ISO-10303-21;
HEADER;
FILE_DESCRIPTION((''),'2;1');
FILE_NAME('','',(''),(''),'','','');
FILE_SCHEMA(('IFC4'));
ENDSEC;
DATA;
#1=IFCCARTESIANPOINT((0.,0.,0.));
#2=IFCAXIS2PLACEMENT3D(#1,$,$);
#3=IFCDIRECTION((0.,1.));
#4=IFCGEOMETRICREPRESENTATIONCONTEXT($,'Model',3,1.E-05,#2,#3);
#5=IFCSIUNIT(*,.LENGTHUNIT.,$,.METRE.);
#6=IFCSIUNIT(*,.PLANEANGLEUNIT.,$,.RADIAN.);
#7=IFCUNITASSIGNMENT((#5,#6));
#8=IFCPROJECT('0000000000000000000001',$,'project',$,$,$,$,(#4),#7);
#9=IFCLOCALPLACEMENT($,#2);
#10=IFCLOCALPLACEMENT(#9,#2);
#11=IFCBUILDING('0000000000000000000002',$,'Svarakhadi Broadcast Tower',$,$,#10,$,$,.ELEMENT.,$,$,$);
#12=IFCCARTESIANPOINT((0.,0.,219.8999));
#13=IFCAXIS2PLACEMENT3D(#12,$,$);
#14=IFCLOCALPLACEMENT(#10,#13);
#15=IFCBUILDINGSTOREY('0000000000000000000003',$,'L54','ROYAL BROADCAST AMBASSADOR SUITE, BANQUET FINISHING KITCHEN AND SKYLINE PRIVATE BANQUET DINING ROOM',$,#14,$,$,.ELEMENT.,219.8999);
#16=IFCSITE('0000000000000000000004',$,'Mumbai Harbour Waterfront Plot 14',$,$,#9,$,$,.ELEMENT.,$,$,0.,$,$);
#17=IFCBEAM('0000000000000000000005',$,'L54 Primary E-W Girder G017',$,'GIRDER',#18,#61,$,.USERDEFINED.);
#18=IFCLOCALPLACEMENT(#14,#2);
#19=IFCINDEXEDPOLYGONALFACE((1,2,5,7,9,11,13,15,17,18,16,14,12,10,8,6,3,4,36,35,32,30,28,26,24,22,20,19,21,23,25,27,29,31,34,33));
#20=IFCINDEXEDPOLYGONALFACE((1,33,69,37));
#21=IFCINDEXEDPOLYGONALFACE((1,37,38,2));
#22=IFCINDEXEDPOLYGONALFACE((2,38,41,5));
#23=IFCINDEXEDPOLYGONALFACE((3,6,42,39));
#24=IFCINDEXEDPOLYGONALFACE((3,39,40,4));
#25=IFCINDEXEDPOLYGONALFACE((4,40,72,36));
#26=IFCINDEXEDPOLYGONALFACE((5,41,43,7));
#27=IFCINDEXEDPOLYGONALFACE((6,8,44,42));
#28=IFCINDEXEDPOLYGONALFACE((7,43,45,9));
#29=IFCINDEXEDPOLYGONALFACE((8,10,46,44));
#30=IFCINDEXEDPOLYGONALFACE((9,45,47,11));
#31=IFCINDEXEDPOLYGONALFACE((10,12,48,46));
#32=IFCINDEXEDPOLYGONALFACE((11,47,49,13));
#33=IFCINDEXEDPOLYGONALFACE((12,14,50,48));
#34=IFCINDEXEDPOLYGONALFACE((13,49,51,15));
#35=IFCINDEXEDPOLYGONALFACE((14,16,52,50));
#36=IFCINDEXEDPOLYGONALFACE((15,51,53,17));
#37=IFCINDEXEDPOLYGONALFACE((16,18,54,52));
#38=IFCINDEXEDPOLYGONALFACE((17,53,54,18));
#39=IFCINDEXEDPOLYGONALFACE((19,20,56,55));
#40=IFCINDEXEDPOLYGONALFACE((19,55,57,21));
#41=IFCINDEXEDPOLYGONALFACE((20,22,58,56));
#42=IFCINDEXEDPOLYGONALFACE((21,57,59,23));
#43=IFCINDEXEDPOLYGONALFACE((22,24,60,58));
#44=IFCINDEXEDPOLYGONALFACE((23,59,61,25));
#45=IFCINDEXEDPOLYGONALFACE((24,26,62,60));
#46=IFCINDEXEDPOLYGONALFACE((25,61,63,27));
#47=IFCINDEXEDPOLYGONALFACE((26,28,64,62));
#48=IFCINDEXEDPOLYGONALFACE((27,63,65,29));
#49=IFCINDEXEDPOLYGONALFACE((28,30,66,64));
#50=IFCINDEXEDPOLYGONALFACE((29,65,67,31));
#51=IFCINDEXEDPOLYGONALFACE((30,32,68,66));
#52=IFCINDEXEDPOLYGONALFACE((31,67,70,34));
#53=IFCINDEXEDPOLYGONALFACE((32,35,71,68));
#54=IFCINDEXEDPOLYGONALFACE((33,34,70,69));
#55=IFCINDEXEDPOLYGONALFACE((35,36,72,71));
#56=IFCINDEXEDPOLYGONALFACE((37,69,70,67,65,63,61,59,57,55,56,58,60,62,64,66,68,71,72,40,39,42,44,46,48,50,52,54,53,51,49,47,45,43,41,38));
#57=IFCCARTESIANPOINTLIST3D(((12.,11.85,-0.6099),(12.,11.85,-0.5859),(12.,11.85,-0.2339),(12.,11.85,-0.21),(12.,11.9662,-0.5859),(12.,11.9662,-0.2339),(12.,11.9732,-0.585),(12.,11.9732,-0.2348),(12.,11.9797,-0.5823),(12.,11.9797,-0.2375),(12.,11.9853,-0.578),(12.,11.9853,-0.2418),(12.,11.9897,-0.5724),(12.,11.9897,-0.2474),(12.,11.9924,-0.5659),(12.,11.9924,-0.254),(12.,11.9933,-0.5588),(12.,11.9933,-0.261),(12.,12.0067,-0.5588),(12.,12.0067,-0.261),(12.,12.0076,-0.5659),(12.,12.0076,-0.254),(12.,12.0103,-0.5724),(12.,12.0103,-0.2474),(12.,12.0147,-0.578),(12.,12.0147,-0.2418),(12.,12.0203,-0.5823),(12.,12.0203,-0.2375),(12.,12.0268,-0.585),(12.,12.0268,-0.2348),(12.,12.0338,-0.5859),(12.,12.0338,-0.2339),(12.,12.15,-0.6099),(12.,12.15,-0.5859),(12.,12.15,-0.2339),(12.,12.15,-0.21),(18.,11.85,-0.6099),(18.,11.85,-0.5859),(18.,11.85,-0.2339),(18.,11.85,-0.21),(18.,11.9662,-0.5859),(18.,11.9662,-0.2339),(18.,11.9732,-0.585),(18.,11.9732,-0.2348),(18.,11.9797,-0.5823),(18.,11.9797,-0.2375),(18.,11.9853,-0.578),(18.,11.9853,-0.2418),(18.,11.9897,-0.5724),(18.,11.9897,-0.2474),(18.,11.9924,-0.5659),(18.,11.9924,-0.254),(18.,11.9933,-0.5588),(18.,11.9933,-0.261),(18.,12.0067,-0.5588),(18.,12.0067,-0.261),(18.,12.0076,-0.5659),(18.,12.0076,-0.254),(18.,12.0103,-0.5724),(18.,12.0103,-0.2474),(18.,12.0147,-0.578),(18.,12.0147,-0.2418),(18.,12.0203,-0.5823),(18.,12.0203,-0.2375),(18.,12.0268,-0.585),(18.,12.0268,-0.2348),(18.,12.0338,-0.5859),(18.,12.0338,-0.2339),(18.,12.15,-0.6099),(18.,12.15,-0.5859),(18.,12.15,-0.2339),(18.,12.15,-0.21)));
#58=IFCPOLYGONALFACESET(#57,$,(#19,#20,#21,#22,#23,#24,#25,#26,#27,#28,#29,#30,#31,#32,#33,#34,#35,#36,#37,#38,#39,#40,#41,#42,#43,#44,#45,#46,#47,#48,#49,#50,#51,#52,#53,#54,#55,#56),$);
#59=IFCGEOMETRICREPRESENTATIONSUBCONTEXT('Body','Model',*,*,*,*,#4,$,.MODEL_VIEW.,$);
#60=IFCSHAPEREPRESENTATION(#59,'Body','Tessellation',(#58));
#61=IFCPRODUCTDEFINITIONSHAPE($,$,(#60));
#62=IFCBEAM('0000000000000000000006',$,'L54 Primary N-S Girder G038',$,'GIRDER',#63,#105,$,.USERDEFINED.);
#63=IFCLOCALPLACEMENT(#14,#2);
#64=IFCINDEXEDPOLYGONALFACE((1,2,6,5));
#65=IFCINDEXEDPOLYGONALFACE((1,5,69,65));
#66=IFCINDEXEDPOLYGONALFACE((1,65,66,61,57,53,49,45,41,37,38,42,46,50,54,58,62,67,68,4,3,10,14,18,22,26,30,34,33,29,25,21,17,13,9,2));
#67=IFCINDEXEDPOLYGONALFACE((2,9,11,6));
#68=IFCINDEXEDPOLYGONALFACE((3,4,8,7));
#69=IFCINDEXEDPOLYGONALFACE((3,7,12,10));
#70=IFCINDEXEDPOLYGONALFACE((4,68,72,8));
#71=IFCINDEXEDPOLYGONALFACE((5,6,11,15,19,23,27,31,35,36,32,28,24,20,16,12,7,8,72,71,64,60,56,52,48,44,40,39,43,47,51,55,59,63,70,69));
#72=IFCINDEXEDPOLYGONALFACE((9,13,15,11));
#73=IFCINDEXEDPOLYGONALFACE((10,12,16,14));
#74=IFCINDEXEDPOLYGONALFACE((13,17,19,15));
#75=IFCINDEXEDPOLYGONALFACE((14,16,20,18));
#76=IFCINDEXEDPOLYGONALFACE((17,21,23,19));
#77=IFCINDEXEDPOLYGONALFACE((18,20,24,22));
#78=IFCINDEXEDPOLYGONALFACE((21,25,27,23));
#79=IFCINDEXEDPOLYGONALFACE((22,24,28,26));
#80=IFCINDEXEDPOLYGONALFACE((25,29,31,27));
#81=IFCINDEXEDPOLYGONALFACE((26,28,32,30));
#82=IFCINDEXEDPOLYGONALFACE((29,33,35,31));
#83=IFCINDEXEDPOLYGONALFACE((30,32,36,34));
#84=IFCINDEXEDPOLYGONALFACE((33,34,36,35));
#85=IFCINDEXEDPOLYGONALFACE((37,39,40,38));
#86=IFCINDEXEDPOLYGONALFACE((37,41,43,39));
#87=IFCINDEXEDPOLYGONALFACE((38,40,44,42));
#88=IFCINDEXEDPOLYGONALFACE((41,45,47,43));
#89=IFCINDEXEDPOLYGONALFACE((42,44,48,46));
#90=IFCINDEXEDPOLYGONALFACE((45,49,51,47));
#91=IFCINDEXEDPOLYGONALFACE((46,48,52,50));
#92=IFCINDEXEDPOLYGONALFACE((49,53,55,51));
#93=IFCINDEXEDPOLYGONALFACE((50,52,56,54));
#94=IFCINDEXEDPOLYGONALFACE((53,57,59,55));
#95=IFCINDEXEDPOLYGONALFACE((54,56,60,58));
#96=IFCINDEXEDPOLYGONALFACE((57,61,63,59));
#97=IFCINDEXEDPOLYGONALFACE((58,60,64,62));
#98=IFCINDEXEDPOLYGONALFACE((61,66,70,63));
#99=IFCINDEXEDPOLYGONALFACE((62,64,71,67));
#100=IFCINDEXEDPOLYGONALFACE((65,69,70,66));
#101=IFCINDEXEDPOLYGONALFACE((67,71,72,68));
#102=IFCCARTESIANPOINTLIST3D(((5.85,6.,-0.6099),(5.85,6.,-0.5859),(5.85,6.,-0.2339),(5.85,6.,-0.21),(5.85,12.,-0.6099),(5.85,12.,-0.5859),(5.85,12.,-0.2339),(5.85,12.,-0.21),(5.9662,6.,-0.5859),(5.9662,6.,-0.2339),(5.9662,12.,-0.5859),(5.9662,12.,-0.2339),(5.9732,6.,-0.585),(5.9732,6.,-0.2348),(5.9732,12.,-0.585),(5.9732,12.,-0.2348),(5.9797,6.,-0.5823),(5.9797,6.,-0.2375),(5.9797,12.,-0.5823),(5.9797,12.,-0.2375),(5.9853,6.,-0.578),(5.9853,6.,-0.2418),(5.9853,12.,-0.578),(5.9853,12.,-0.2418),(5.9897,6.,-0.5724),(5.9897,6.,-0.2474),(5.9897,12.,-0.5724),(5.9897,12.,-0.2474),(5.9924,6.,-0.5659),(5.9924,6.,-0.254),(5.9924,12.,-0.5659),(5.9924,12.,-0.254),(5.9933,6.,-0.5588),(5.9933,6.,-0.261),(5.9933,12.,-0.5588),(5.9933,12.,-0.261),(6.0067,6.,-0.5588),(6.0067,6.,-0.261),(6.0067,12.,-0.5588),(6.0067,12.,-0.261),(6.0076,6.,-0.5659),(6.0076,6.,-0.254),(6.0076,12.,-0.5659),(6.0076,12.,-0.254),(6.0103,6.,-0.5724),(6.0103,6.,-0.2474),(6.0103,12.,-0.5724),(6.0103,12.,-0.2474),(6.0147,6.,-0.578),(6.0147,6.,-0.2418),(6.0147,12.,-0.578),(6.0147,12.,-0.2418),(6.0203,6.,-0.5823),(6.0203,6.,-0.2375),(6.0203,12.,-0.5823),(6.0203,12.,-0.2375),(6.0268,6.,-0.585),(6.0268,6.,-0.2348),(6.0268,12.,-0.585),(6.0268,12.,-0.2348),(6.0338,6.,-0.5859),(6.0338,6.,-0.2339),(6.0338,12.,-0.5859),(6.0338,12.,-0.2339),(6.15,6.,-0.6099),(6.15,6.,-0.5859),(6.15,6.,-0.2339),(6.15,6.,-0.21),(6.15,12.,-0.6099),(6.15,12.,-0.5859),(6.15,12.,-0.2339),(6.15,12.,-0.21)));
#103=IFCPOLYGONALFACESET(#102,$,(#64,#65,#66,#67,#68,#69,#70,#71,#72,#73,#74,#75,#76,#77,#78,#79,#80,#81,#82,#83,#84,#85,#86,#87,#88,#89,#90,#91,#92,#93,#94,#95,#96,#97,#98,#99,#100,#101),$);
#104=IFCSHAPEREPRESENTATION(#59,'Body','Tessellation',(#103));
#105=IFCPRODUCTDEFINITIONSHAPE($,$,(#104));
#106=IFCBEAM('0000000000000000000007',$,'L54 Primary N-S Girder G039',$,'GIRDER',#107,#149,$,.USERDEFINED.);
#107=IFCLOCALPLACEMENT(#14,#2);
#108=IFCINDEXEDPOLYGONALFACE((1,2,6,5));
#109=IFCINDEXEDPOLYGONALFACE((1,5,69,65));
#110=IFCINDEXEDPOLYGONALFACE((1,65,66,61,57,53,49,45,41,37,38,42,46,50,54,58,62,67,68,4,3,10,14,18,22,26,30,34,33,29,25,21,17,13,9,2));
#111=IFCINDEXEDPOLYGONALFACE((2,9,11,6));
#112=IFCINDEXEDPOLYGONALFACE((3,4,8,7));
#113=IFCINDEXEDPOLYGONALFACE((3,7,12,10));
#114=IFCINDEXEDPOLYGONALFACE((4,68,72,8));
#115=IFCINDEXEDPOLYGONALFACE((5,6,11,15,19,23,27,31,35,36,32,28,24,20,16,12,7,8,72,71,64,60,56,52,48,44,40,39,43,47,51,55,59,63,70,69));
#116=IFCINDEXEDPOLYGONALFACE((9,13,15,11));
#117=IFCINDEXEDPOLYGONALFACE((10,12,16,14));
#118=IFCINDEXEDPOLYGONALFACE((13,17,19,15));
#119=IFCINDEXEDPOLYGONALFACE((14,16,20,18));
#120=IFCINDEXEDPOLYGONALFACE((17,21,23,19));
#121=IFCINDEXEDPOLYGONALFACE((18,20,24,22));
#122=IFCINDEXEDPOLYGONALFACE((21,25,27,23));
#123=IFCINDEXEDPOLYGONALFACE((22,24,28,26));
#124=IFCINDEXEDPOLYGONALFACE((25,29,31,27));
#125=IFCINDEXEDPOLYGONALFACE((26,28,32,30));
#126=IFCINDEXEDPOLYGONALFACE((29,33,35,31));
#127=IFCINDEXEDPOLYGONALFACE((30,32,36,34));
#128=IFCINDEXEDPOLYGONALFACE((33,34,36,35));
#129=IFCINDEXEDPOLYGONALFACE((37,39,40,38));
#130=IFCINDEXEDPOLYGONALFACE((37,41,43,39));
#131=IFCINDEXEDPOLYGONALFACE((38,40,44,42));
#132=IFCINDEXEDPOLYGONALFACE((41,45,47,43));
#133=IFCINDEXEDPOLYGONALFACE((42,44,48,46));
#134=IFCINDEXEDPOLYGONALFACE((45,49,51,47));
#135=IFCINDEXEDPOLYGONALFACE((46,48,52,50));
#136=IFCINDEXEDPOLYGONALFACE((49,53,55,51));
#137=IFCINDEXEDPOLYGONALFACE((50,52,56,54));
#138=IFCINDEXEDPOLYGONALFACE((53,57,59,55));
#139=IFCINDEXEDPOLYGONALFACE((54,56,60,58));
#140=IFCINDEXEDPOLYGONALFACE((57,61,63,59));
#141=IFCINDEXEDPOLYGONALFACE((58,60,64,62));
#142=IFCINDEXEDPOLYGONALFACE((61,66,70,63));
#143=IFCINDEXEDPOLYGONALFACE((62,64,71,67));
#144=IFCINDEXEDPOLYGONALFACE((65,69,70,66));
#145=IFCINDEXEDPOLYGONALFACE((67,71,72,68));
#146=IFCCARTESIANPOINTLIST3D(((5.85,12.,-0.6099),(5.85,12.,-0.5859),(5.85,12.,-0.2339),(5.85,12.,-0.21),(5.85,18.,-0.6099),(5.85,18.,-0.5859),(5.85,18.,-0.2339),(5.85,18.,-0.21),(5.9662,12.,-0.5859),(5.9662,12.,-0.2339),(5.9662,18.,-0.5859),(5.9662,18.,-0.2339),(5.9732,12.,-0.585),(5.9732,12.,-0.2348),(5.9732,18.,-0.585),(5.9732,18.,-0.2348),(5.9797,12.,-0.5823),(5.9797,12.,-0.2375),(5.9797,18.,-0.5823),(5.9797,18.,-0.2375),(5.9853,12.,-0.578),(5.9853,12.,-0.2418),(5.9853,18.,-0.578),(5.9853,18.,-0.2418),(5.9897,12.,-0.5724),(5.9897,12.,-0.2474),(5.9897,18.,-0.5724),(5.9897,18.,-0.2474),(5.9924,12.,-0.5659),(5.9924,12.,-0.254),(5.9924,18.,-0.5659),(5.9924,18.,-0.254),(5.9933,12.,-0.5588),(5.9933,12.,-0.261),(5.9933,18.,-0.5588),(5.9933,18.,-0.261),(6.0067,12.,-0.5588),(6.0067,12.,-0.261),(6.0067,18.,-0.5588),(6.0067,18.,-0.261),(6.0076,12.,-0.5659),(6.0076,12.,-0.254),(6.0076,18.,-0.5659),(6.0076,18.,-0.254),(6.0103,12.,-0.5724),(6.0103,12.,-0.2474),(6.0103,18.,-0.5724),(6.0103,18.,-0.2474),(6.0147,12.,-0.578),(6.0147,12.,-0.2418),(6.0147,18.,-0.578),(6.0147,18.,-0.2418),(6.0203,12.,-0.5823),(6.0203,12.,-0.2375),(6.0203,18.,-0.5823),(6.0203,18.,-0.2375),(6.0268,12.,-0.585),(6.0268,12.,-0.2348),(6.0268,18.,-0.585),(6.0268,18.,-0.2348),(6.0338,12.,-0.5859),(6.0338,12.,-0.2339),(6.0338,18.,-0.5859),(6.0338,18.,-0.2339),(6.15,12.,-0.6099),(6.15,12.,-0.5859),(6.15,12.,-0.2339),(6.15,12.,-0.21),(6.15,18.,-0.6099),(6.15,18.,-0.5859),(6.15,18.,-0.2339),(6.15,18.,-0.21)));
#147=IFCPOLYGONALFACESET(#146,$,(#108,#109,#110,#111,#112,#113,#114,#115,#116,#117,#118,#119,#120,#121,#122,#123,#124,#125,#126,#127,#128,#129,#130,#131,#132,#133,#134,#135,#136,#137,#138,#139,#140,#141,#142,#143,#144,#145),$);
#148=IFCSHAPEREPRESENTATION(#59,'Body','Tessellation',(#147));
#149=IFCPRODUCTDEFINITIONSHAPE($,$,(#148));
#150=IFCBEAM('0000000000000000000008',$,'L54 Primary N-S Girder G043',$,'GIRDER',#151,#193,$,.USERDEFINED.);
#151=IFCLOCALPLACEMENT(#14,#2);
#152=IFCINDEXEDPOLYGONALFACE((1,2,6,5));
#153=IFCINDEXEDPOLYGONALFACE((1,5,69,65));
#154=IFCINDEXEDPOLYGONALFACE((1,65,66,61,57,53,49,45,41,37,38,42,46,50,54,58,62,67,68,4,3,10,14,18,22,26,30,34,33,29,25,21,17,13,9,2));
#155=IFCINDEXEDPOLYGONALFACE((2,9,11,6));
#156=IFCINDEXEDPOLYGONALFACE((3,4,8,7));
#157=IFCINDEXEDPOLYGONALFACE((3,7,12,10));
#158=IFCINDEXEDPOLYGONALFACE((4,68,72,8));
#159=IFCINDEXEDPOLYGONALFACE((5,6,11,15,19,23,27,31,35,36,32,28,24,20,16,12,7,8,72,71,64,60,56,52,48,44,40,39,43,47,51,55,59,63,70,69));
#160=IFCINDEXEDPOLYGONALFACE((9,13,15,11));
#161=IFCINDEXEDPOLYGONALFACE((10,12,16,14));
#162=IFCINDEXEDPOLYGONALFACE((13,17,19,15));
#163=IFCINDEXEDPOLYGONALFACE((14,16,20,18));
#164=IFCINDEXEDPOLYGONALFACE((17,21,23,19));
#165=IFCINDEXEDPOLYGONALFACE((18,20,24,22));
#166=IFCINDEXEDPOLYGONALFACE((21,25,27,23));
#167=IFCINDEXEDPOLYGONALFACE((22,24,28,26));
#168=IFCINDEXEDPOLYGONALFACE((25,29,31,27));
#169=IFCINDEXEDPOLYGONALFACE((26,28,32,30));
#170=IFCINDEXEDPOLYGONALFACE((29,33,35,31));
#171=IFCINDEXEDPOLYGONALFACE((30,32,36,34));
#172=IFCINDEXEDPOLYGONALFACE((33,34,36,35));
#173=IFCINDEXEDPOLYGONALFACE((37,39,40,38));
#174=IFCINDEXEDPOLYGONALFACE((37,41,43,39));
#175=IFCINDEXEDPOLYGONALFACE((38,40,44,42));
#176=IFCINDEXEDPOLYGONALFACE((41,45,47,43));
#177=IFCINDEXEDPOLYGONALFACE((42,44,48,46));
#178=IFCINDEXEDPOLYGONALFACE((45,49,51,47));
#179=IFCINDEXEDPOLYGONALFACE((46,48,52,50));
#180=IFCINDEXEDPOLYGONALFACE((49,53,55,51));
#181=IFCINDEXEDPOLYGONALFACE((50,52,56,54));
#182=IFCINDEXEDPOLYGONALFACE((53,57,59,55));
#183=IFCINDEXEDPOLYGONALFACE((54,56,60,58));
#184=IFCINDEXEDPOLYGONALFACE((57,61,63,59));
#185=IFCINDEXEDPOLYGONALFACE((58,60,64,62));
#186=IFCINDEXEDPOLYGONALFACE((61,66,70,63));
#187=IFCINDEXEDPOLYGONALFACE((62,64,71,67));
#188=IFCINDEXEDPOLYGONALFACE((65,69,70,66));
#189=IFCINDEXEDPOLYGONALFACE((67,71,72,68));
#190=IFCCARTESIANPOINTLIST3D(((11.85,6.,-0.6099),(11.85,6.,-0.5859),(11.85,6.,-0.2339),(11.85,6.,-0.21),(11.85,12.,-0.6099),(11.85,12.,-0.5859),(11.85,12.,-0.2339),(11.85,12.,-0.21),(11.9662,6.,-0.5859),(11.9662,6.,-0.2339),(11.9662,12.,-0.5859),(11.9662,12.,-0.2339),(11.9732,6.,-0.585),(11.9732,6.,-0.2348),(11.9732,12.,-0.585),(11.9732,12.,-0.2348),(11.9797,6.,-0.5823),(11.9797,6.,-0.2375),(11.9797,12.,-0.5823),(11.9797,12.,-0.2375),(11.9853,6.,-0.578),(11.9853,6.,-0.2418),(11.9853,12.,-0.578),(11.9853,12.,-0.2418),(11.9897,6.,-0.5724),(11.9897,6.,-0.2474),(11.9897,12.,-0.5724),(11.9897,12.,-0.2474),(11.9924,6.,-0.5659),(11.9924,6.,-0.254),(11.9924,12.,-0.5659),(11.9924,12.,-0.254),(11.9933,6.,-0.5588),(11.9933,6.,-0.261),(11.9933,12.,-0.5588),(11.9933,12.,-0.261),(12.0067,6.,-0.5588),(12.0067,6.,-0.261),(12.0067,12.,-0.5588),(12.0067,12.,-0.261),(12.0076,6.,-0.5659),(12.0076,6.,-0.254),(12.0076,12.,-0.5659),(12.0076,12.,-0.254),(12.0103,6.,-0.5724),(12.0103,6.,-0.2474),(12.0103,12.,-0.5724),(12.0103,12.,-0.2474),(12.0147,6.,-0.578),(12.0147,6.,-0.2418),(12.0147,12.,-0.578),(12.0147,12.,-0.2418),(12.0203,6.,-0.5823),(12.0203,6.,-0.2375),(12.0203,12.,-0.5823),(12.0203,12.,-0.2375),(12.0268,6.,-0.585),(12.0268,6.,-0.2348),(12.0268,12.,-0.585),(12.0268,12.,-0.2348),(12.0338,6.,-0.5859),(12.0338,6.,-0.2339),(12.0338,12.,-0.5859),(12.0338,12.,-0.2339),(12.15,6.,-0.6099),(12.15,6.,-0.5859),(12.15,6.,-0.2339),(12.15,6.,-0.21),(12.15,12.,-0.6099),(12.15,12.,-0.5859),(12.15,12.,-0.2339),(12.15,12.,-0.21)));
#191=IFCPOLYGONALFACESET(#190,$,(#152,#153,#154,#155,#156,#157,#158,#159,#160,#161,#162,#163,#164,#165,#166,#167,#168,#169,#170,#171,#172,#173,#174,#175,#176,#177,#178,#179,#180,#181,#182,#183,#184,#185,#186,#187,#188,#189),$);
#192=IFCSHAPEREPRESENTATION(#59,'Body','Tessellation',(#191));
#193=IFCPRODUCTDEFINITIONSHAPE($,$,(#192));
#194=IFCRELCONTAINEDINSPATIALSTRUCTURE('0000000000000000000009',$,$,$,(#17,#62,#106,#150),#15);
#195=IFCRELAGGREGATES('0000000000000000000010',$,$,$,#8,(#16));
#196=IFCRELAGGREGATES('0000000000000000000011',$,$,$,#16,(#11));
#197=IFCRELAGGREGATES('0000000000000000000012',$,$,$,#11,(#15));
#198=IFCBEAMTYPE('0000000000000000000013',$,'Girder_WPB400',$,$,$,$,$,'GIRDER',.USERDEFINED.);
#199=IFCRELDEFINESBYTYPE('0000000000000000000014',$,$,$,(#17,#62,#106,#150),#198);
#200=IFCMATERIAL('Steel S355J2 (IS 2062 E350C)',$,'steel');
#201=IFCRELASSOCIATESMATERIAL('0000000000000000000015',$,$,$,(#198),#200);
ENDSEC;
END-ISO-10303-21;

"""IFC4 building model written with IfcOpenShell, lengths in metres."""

from ifc_helpers import new_model, si_unit, direction, frame, origin, origin_2d, place, context, subcontext, project, spatial, i_section, extrude, material, material_profile, profile_set, type_object, element, save


model = new_model("IFC4")

# Units and contexts
model_context = context("Model", 3, precision=1e-05, world=origin(), true_north=direction((0.0, 1.0)))
body_context = subcontext(model_context, "Body", "Model", "MODEL_VIEW")
ifc_project = project(units=[si_unit("LENGTHUNIT", "METRE"), si_unit("PLANEANGLEUNIT", "RADIAN")], contexts=[model_context])

# Site, building, storey
site_placement = place(None, origin())
site = spatial("IfcSite", under=ifc_project, at=site_placement, Name="Mumbai Harbour Waterfront Plot 14", CompositionType="ELEMENT", RefElevation=0.0)
building_placement = place(site_placement, origin())
building = spatial("IfcBuilding", under=site, at=building_placement, Name="Svarakhadi Broadcast Tower", CompositionType="ELEMENT")
storey_placement = place(building_placement, frame((0.0, 0.0, 219.8999)))
storey = spatial("IfcBuildingStorey", under=building, at=storey_placement, Name="L54", Description="ROYAL BROADCAST AMBASSADOR SUITE, BANQUET FINISHING KITCHEN AND SKYLINE PRIVATE BANQUET DINING ROOM", CompositionType="ELEMENT", Elevation=219.8999)

# Beams
ifc_material_1 = material(Name="Steel S355J2 (IS 2062 E350C)", Category="steel")
ifc_material_profile_1 = material_profile(ifc_material_1, i_section(OverallWidth=0.3, OverallDepth=0.3999, WebThickness=0.0134, FlangeThickness=0.0239, FilletRadius=0.0271, at=origin_2d()), Name="WPB 400x300x155")
ifc_profile_set_1 = profile_set([ifc_material_profile_1], Name="Steel S355J2 (IS 2062 E350C)")
beam_type_1 = type_object("IfcBeamType", Name="Girder_WPB400", ElementType="GIRDER", PredefinedType="USERDEFINED", material=ifc_profile_set_1)
for number, where, z_axis, x_axis, name in (
    (1, (12.0, 12.0, -0.4099), (1.0, 0.0, 0.0), (0.0, 1.0, 0.0), "L54 Primary E-W Girder G017"),
    (2, (6.0, 6.0, -0.4099), (0.0, 1.0, 0.0), (-1.0, 0.0, 0.0), "L54 Primary N-S Girder G038"),
    (3, (6.0, 12.0, -0.4099), (0.0, 1.0, 0.0), (-1.0, 0.0, 0.0), "L54 Primary N-S Girder G039"),
    (4, (12.0, 6.0, -0.4099), (0.0, 1.0, 0.0), (-1.0, 0.0, 0.0), "L54 Primary N-S Girder G043"),
):
    element("IfcBeam", number, at=place(storey_placement, frame(where, z_axis=z_axis, x_axis=x_axis)), inside=storey, type_object=beam_type_1, Name=name, ObjectType="GIRDER", PredefinedType="USERDEFINED", context=body_context, shape_type="SweptSolid", body=[
        extrude(i_section(OverallWidth=0.3, OverallDepth=0.3999, WebThickness=0.0134, FlangeThickness=0.0239, FilletRadius=0.0271, at=origin_2d()), origin(), (0.0, 0.0, 1.0), 6.0),
    ])

save(model, "model.ifc")
